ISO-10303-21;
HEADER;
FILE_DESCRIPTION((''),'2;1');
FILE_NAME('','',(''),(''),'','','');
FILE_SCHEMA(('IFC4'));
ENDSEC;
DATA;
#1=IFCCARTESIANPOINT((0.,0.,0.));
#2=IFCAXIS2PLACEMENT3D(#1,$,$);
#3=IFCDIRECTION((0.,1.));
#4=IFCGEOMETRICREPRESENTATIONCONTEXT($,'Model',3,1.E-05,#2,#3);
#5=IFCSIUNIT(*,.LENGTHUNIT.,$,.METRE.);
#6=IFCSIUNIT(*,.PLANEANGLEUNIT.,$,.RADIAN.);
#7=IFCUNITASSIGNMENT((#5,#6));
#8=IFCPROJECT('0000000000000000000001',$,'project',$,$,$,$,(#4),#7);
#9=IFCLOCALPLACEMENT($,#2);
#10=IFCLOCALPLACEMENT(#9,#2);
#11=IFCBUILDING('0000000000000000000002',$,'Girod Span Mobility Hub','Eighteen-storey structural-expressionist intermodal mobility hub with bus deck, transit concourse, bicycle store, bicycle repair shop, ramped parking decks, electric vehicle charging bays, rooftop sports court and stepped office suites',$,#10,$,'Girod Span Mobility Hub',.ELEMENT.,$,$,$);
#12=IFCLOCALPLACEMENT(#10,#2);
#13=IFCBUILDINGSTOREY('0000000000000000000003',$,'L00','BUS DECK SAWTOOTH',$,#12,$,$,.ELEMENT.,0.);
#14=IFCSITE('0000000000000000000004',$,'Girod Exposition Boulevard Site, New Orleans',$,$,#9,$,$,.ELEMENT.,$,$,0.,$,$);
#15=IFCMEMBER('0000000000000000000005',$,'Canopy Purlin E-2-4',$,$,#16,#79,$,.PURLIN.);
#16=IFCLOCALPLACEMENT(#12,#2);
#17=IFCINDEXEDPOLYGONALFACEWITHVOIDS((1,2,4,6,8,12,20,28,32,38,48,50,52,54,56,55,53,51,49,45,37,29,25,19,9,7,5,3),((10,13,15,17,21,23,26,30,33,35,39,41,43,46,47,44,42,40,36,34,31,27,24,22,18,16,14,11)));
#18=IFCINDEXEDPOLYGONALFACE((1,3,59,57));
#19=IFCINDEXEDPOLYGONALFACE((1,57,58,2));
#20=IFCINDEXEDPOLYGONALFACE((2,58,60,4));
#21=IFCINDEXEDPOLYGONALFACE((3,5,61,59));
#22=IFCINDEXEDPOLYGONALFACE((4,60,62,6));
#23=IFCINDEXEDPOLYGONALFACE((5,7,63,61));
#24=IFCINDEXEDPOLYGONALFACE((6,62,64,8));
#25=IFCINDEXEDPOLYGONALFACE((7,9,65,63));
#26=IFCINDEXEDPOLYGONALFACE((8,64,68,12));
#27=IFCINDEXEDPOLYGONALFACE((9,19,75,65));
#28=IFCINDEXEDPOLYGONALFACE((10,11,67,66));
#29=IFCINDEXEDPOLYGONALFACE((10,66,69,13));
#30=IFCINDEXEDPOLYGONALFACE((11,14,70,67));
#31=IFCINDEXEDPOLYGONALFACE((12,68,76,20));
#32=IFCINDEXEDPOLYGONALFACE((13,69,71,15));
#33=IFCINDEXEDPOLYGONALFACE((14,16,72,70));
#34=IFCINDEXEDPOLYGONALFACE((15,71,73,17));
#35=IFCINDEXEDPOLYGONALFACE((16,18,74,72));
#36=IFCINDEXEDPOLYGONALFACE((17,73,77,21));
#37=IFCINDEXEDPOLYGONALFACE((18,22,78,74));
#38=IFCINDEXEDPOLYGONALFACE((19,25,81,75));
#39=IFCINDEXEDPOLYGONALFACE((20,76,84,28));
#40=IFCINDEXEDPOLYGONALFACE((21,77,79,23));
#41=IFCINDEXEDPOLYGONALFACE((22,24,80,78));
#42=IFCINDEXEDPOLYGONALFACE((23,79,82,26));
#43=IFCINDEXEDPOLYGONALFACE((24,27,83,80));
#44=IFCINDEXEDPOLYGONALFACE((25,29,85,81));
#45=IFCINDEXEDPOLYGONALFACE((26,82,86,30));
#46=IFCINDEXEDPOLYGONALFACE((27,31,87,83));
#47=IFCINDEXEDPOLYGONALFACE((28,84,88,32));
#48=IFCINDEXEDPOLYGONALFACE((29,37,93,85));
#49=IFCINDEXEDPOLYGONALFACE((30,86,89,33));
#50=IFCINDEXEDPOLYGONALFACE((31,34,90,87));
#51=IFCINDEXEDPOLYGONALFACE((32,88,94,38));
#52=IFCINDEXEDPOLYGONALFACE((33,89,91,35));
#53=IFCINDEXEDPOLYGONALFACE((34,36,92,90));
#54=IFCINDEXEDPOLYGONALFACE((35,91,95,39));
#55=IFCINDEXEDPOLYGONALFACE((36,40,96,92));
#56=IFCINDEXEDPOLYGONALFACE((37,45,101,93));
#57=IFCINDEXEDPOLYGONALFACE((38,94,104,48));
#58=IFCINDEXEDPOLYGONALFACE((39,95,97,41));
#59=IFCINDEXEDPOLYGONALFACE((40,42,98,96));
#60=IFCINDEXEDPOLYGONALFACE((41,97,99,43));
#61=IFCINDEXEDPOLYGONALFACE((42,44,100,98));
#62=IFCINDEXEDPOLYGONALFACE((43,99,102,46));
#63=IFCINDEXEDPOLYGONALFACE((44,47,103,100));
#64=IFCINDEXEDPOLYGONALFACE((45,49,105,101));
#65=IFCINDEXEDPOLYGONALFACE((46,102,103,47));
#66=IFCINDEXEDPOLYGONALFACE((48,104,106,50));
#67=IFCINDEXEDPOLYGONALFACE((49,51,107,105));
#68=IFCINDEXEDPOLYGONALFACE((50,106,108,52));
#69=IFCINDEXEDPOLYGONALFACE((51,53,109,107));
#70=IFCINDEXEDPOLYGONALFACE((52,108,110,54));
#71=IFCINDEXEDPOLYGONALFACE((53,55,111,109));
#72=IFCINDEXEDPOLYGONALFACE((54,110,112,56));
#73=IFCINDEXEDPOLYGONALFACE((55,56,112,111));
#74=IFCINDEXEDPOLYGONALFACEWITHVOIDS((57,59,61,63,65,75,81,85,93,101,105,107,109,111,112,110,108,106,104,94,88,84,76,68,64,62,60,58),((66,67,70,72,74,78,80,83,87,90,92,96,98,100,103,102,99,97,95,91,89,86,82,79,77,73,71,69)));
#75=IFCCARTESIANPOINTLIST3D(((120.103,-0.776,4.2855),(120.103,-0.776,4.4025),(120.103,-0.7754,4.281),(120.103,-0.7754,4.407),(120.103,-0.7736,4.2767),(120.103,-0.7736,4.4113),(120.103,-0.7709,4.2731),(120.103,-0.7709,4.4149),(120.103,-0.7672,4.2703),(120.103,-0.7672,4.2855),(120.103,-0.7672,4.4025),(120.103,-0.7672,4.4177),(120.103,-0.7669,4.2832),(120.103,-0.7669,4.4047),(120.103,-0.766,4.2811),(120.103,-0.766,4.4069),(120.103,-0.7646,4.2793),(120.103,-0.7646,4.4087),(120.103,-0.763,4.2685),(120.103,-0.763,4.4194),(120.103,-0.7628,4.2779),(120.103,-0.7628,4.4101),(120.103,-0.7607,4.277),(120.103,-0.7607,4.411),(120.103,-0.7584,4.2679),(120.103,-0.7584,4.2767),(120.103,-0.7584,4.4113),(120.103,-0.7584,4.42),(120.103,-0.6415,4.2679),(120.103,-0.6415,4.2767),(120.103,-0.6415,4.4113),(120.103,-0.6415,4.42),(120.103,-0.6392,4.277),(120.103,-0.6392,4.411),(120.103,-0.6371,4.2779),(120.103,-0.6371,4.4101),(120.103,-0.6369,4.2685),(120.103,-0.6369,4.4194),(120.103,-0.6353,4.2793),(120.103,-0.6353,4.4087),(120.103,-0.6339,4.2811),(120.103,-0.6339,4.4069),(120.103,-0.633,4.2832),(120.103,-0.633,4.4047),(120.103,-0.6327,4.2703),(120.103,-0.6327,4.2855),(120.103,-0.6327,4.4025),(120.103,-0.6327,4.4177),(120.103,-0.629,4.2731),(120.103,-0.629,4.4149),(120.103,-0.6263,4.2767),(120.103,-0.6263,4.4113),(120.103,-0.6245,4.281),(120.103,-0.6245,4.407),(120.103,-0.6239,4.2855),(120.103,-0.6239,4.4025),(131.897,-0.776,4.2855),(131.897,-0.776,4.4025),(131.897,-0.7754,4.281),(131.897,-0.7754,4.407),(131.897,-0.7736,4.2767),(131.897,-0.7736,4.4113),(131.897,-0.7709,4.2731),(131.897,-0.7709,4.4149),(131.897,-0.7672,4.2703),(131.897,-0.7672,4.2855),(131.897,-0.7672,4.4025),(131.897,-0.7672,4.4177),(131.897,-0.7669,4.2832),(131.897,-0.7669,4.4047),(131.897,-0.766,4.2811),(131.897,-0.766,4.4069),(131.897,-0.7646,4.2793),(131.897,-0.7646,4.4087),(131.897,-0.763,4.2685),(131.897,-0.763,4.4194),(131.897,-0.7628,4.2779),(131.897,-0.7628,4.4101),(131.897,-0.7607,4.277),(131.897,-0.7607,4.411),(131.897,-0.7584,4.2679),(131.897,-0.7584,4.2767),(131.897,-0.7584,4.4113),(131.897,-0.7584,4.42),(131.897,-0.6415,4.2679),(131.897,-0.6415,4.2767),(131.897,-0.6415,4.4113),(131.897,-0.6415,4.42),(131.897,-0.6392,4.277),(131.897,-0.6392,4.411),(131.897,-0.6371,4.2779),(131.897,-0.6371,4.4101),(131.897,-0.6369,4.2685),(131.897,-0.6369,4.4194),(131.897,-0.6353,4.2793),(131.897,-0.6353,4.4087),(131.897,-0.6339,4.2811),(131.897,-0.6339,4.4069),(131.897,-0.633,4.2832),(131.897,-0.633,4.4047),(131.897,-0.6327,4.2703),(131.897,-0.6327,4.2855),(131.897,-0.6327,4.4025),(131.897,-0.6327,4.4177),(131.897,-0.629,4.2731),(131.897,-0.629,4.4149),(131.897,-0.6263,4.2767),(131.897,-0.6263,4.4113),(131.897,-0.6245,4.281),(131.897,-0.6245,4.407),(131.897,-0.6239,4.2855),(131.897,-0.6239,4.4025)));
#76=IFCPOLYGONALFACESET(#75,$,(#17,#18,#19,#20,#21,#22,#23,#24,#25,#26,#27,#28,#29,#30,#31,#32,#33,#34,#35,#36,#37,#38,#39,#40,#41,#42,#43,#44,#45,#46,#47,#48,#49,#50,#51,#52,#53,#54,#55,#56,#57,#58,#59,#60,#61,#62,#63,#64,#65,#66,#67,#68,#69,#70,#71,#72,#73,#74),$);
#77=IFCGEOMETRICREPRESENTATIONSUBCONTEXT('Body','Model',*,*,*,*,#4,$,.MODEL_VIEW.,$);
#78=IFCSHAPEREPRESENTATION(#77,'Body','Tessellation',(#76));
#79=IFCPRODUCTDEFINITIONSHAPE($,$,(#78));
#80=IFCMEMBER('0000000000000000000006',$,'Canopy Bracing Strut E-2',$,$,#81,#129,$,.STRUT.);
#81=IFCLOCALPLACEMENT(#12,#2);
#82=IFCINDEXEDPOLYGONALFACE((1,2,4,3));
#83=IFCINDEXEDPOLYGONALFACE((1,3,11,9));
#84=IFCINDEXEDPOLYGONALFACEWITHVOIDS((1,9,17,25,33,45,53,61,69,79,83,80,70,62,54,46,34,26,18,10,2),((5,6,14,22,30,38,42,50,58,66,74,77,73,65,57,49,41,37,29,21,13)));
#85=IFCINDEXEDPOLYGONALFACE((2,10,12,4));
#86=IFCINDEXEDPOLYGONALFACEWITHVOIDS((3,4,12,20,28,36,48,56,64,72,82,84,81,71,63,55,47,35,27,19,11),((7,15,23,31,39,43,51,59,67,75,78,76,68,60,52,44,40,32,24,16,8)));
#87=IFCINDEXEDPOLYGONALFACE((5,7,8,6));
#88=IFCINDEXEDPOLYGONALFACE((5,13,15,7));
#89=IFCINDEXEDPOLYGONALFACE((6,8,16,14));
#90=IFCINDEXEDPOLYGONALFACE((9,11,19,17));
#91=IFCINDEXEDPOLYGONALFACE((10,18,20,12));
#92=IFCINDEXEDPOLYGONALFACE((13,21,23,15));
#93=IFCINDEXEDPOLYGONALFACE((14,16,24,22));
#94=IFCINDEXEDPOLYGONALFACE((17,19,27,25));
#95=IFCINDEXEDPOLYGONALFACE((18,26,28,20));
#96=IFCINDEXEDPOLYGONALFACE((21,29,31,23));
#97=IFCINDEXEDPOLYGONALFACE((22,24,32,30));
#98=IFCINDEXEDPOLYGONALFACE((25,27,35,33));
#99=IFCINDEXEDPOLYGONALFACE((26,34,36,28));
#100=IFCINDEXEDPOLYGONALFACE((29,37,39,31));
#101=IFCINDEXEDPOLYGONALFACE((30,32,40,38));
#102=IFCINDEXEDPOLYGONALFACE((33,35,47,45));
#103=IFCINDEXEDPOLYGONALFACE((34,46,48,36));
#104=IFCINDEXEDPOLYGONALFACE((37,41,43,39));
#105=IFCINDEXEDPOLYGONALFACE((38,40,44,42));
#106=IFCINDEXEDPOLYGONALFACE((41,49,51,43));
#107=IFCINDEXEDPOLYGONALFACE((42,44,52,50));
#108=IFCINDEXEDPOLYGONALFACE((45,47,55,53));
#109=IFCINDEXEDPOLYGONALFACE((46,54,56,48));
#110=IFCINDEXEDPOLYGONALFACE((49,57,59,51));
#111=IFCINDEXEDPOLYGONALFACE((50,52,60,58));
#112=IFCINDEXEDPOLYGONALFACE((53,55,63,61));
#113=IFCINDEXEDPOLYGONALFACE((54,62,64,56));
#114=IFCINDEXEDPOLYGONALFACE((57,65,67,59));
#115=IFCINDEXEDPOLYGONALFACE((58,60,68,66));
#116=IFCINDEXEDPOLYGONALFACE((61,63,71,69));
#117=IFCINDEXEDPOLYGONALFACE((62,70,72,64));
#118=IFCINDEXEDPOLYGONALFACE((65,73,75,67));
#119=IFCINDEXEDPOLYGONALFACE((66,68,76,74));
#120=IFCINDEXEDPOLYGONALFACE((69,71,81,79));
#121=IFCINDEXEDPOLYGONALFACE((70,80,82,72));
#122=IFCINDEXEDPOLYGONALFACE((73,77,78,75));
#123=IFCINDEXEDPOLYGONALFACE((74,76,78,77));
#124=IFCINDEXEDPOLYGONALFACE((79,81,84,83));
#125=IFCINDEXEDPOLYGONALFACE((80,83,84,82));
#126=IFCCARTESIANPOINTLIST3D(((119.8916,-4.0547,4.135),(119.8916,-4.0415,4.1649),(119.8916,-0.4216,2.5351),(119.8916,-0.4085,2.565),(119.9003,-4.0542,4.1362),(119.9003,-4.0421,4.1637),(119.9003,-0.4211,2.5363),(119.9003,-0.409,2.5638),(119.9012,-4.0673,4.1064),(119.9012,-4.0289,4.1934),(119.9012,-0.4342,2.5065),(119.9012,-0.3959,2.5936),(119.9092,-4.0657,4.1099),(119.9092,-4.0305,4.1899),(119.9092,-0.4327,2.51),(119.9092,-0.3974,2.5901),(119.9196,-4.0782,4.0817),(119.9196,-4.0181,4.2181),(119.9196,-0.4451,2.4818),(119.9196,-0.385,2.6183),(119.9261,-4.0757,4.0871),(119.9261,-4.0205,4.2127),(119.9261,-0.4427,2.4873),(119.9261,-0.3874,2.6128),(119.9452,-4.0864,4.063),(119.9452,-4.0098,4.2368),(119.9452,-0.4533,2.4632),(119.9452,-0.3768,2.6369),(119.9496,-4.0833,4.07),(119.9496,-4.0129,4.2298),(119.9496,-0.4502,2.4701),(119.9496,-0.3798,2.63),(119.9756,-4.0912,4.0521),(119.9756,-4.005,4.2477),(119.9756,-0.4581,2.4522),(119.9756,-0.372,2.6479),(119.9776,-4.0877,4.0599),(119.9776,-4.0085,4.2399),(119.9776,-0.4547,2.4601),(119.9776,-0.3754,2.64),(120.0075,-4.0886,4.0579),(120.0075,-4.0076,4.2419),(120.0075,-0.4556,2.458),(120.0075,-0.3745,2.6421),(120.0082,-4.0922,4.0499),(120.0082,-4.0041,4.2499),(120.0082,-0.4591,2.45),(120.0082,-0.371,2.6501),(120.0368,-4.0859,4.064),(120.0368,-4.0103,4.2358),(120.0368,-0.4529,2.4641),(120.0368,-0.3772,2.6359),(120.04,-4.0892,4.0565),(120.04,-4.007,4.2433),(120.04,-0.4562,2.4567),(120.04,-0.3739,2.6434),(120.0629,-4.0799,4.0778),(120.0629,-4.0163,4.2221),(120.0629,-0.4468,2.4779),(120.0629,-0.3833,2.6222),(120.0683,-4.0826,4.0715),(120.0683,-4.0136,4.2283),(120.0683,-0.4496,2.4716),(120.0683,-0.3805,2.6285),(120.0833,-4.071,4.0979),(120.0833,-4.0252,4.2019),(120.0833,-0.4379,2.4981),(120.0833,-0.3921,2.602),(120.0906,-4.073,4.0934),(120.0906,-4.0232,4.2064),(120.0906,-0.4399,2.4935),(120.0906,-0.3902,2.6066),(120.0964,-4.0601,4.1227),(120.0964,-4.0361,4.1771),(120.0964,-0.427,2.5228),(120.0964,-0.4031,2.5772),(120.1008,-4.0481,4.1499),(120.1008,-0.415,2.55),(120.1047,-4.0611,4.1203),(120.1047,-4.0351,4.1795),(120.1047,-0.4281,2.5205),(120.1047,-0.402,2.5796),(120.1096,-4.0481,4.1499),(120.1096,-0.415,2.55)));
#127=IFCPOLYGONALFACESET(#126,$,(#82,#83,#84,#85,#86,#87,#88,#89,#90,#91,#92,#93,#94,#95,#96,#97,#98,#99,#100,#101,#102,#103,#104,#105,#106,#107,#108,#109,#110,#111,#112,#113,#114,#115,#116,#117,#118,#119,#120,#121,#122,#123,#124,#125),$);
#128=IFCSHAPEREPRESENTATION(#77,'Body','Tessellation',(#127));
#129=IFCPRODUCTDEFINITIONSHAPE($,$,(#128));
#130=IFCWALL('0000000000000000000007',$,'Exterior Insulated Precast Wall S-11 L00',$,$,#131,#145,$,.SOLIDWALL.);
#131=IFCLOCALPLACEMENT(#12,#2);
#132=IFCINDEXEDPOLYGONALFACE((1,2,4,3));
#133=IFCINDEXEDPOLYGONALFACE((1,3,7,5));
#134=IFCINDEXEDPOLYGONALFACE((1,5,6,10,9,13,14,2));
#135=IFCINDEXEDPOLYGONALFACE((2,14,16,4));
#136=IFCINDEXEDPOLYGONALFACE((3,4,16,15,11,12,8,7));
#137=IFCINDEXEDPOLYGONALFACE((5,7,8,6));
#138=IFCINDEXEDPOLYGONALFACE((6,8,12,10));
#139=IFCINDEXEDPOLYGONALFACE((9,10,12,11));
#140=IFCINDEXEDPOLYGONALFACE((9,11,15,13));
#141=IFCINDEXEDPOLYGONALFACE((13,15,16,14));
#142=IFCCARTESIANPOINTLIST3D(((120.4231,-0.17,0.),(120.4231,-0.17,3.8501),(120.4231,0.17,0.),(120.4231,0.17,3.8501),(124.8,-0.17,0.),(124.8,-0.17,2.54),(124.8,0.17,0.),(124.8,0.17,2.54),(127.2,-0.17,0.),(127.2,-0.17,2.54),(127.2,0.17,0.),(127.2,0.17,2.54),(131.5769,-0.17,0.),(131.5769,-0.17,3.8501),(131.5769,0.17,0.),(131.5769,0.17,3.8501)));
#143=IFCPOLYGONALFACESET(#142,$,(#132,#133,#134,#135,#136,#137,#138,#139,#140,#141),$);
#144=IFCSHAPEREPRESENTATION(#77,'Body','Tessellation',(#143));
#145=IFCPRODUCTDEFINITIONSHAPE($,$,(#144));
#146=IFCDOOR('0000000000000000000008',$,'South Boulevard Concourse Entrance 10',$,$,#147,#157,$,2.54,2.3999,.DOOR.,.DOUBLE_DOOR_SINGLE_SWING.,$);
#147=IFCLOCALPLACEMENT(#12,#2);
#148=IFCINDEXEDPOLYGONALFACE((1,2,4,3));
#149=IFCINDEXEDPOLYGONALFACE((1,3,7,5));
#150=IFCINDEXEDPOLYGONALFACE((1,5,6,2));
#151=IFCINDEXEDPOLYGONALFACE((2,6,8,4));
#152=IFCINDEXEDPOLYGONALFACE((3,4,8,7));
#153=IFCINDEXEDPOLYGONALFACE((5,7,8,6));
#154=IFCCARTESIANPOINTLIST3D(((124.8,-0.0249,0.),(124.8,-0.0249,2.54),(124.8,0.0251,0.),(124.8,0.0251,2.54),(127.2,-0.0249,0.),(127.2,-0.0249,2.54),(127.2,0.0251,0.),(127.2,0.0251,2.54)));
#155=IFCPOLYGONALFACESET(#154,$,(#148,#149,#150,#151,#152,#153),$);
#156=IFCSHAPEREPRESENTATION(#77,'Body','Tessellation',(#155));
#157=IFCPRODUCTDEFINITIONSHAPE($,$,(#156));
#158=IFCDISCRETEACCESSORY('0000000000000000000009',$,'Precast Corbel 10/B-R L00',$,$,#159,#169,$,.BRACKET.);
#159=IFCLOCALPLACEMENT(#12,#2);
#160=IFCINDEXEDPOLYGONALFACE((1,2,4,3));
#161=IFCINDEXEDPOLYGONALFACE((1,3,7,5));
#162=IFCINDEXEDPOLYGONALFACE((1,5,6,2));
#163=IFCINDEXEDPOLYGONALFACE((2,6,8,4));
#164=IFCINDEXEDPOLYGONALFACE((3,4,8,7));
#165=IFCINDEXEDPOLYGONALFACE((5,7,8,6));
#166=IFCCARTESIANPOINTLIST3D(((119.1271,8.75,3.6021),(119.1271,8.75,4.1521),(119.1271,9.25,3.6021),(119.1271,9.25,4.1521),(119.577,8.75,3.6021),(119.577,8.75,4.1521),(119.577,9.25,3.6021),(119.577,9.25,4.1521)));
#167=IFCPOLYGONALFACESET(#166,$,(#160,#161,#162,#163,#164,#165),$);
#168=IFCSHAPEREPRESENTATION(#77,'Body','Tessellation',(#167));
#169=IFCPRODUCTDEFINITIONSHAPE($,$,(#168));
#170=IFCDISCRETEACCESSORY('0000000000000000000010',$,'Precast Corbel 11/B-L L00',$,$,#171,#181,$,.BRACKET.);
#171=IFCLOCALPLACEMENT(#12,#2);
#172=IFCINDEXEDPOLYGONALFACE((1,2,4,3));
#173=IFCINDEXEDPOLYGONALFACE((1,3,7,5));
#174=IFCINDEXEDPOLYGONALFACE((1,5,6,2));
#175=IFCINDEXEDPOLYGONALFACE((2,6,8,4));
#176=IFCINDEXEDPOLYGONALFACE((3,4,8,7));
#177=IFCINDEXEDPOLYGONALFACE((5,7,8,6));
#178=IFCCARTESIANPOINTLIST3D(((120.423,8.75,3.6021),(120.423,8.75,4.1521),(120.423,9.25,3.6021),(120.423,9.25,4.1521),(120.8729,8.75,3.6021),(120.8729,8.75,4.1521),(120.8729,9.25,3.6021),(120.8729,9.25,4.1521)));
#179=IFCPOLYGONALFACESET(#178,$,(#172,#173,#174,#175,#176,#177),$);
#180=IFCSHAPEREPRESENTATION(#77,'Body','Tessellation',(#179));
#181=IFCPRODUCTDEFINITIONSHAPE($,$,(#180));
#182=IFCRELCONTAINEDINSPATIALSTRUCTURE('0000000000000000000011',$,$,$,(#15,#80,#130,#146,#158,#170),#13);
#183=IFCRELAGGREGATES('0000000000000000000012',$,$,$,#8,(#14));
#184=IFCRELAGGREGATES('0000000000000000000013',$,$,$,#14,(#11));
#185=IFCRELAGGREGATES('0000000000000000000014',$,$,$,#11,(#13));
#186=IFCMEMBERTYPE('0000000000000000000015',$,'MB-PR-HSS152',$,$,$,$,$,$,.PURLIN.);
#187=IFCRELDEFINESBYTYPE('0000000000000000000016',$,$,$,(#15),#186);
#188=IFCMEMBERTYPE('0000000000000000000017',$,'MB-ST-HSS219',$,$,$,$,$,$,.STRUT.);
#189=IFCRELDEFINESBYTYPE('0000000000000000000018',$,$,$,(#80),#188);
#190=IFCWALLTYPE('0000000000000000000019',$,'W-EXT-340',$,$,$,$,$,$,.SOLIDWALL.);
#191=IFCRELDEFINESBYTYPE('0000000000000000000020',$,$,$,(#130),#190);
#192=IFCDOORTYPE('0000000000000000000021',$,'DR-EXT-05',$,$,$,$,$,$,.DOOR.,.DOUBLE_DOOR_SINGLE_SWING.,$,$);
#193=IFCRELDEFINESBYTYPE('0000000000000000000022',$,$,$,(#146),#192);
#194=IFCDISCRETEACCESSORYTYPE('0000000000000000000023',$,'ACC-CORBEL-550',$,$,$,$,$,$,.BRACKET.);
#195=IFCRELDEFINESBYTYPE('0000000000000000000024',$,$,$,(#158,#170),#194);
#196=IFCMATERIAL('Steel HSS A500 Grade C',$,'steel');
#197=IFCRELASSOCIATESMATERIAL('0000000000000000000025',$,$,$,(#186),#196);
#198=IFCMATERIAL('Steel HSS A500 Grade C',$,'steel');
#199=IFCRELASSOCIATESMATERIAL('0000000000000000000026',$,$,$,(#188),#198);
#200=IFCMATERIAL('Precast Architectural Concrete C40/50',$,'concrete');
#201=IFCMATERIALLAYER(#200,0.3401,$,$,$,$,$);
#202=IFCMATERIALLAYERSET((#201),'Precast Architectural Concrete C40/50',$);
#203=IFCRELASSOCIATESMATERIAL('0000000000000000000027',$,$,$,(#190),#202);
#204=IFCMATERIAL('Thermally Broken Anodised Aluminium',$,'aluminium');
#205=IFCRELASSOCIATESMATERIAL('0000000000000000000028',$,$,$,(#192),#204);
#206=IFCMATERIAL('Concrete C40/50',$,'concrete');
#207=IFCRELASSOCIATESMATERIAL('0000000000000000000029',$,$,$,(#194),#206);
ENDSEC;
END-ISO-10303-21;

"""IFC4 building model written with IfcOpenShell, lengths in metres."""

from ifc_helpers import new_model, si_unit, direction, frame, frame_2d, origin, origin_2d, place, context, subcontext, project, spatial, rectangle, hollow_rectangle, hollow_circle, extrude, material, layer, layer_set, material_profile, profile_set, type_object, element, fill, save


model = new_model("IFC4")

# Units and contexts
model_context = context("Model", 3, precision=1e-05, world=origin(), true_north=direction((0.0, 1.0)))
body_context = subcontext(model_context, "Body", "Model", "MODEL_VIEW")
ifc_project = project(units=[si_unit("LENGTHUNIT", "METRE"), si_unit("PLANEANGLEUNIT", "RADIAN")], contexts=[model_context])

# Site, building, storey
site_placement = place(None, origin())
site = spatial("IfcSite", under=ifc_project, at=site_placement, Name="Girod Exposition Boulevard Site, New Orleans", CompositionType="ELEMENT", RefElevation=0.0)
building_placement = place(site_placement, origin())
building = spatial("IfcBuilding", under=site, at=building_placement, Name="Girod Span Mobility Hub", Description="Eighteen-storey structural-expressionist intermodal mobility hub with bus deck, transit concourse, bicycle store, bicycle repair shop, ramped parking decks, electric vehicle charging bays, rooftop sports court and stepped office suites", LongName="Girod Span Mobility Hub", CompositionType="ELEMENT")
storey_placement = place(building_placement, origin())
storey = spatial("IfcBuildingStorey", under=building, at=storey_placement, Name="L00", Description="BUS DECK SAWTOOTH", CompositionType="ELEMENT", Elevation=0.0)

# Members
ifc_material_1 = material(Name="Steel HSS A500 Grade C", Category="steel")
ifc_material_profile_1 = material_profile(ifc_material_1, hollow_rectangle(XDim=0.1521, YDim=0.1521, WallThickness=0.0088, InnerFilletRadius=0.0088, OuterFilletRadius=0.0176, at=origin_2d()), Name="HSS152X152X9.5")
ifc_profile_set_1 = profile_set([ifc_material_profile_1], Name="Steel HSS A500 Grade C")
member_type_1 = type_object("IfcMemberType", Name="MB-PR-HSS152", PredefinedType="PURLIN", material=ifc_profile_set_1)
for number, where, z_axis, x_axis, name in (
    (1, (120.103, -0.7, 4.344), (1.0, 0.0, 0.0), (0.0, 1.0, 0.0), "Canopy Purlin E-2-4"),
):
    element("IfcMember", number, at=place(storey_placement, frame(where, z_axis=z_axis, x_axis=x_axis)), inside=storey, type_object=member_type_1, Name=name, PredefinedType="PURLIN", context=body_context, shape_type="SweptSolid", body=[
        extrude(hollow_rectangle(XDim=0.1521, YDim=0.1521, WallThickness=0.0088, InnerFilletRadius=0.0088, OuterFilletRadius=0.0176, at=origin_2d()), origin(), (0.0, 0.0, 1.0), 11.7939),
    ])
ifc_material_2 = material(Name="Steel HSS A500 Grade C", Category="steel")
ifc_material_profile_2 = material_profile(ifc_material_2, hollow_circle(Radius=0.1096, WallThickness=0.0088, at=origin_2d()), Name="HSS219X9.5")
ifc_profile_set_2 = profile_set([ifc_material_profile_2], Name="Steel HSS A500 Grade C")
member_type_2 = type_object("IfcMemberType", Name="MB-ST-HSS219", PredefinedType="STRUT", material=ifc_profile_set_2)
member_placement = place(storey_placement, frame((120.0, -0.415, 2.55), z_axis=(0.0, -0.915193, 0.403015), x_axis=(1.0, 0.0, 0.0)))
element("IfcMember", 2, at=member_placement, inside=storey, type_object=member_type_2, Name="Canopy Bracing Strut E-2", PredefinedType="STRUT", context=body_context, shape_type="SweptSolid", body=[
    extrude(hollow_circle(Radius=0.1096, WallThickness=0.0088, at=origin_2d()), origin(), (0.0, 0.0, 1.0), 3.9697),
])

# Wall, opening, door
ifc_material_3 = material(Name="Precast Architectural Concrete C40/50", Category="concrete")
ifc_layer = layer(ifc_material_3, 0.3401)
ifc_layer_set = layer_set([ifc_layer], Name="Precast Architectural Concrete C40/50")
wall_type = type_object("IfcWallType", Name="W-EXT-340", PredefinedType="SOLIDWALL", material=ifc_layer_set)
wall_placement = place(storey_placement, frame((120.4231, 0.0, 0.0), z_axis=(0.0, 0.0, 1.0), x_axis=(1.0, 0.0, 0.0)))
wall = element("IfcWall", 3, at=wall_placement, inside=storey, type_object=wall_type, Name="Exterior Insulated Precast Wall S-11 L00", PredefinedType="SOLIDWALL", context=body_context, shape_type="SweptSolid", body=[
    extrude(rectangle(XDim=11.1538, YDim=0.3401, at=frame_2d((5.5769, 0.0))), origin(), (0.0, 0.0, 1.0), 3.8501),
])
opening_placement = place(wall_placement, frame((4.377, 0.0, 0.0)))
opening = element("IfcOpeningElement", 4, at=opening_placement, cuts=wall, PredefinedType="OPENING", context=body_context, shape_type="SweptSolid", body=[
    extrude(rectangle(XDim=2.3999, YDim=2.54, at=frame_2d((1.2, 1.27))), frame((0.0, 0.1851, 0.0), z_axis=(0.0, -1.0, 0.0), x_axis=(1.0, 0.0, 0.0)), (0.0, 0.0, 1.0), 0.3701),
])
ifc_material_4 = material(Name="Thermally Broken Anodised Aluminium", Category="aluminium")
door_type = type_object("IfcDoorType", Name="DR-EXT-05", OperationType="DOUBLE_DOOR_SINGLE_SWING", PredefinedType="DOOR", material=ifc_material_4)
door_placement = place(opening_placement, frame((2.3999, 0.0, 0.0), z_axis=(0.0, 0.0, 1.0), x_axis=(-1.0, 0.0, 0.0)))
door = element("IfcDoor", 5, at=door_placement, inside=storey, type_object=door_type, Name="South Boulevard Concourse Entrance 10", OperationType="DOUBLE_DOOR_SINGLE_SWING", OverallHeight=2.54, OverallWidth=2.3999, PredefinedType="DOOR", context=body_context, shape_type="SweptSolid", body=[
    extrude(rectangle(XDim=2.3999, YDim=2.54, at=frame_2d((1.2, 1.27))), frame((0.0, 0.0249, 0.0), z_axis=(0.0, -1.0, 0.0), x_axis=(1.0, 0.0, 0.0)), (0.0, 0.0, 1.0), 0.05),
])
fill(opening, door)

# Discrete accessories
ifc_material_5 = material(Name="Concrete C40/50", Category="concrete")
discrete_accessory_type = type_object("IfcDiscreteAccessoryType", Name="ACC-CORBEL-550", PredefinedType="BRACKET", material=ifc_material_5)
for number, where, z_axis, x_axis, name in (
    (6, (119.3521, 9.0, 3.6021), (0.0, 0.0, 1.0), (1.0, 0.0, 0.0), "Precast Corbel 10/B-R L00"),
    (7, (120.6479, 9.0, 3.6021), (0.0, 0.0, 1.0), (1.0, 0.0, 0.0), "Precast Corbel 11/B-L L00"),
):
    element("IfcDiscreteAccessory", number, at=place(storey_placement, frame(where, z_axis=z_axis, x_axis=x_axis)), inside=storey, type_object=discrete_accessory_type, Name=name, PredefinedType="BRACKET", context=body_context, shape_type="SweptSolid", body=[
        extrude(rectangle(XDim=0.45, YDim=0.5, at=origin_2d()), origin(), (0.0, 0.0, 1.0), 0.55),
    ])

save(model, "model.ifc")
